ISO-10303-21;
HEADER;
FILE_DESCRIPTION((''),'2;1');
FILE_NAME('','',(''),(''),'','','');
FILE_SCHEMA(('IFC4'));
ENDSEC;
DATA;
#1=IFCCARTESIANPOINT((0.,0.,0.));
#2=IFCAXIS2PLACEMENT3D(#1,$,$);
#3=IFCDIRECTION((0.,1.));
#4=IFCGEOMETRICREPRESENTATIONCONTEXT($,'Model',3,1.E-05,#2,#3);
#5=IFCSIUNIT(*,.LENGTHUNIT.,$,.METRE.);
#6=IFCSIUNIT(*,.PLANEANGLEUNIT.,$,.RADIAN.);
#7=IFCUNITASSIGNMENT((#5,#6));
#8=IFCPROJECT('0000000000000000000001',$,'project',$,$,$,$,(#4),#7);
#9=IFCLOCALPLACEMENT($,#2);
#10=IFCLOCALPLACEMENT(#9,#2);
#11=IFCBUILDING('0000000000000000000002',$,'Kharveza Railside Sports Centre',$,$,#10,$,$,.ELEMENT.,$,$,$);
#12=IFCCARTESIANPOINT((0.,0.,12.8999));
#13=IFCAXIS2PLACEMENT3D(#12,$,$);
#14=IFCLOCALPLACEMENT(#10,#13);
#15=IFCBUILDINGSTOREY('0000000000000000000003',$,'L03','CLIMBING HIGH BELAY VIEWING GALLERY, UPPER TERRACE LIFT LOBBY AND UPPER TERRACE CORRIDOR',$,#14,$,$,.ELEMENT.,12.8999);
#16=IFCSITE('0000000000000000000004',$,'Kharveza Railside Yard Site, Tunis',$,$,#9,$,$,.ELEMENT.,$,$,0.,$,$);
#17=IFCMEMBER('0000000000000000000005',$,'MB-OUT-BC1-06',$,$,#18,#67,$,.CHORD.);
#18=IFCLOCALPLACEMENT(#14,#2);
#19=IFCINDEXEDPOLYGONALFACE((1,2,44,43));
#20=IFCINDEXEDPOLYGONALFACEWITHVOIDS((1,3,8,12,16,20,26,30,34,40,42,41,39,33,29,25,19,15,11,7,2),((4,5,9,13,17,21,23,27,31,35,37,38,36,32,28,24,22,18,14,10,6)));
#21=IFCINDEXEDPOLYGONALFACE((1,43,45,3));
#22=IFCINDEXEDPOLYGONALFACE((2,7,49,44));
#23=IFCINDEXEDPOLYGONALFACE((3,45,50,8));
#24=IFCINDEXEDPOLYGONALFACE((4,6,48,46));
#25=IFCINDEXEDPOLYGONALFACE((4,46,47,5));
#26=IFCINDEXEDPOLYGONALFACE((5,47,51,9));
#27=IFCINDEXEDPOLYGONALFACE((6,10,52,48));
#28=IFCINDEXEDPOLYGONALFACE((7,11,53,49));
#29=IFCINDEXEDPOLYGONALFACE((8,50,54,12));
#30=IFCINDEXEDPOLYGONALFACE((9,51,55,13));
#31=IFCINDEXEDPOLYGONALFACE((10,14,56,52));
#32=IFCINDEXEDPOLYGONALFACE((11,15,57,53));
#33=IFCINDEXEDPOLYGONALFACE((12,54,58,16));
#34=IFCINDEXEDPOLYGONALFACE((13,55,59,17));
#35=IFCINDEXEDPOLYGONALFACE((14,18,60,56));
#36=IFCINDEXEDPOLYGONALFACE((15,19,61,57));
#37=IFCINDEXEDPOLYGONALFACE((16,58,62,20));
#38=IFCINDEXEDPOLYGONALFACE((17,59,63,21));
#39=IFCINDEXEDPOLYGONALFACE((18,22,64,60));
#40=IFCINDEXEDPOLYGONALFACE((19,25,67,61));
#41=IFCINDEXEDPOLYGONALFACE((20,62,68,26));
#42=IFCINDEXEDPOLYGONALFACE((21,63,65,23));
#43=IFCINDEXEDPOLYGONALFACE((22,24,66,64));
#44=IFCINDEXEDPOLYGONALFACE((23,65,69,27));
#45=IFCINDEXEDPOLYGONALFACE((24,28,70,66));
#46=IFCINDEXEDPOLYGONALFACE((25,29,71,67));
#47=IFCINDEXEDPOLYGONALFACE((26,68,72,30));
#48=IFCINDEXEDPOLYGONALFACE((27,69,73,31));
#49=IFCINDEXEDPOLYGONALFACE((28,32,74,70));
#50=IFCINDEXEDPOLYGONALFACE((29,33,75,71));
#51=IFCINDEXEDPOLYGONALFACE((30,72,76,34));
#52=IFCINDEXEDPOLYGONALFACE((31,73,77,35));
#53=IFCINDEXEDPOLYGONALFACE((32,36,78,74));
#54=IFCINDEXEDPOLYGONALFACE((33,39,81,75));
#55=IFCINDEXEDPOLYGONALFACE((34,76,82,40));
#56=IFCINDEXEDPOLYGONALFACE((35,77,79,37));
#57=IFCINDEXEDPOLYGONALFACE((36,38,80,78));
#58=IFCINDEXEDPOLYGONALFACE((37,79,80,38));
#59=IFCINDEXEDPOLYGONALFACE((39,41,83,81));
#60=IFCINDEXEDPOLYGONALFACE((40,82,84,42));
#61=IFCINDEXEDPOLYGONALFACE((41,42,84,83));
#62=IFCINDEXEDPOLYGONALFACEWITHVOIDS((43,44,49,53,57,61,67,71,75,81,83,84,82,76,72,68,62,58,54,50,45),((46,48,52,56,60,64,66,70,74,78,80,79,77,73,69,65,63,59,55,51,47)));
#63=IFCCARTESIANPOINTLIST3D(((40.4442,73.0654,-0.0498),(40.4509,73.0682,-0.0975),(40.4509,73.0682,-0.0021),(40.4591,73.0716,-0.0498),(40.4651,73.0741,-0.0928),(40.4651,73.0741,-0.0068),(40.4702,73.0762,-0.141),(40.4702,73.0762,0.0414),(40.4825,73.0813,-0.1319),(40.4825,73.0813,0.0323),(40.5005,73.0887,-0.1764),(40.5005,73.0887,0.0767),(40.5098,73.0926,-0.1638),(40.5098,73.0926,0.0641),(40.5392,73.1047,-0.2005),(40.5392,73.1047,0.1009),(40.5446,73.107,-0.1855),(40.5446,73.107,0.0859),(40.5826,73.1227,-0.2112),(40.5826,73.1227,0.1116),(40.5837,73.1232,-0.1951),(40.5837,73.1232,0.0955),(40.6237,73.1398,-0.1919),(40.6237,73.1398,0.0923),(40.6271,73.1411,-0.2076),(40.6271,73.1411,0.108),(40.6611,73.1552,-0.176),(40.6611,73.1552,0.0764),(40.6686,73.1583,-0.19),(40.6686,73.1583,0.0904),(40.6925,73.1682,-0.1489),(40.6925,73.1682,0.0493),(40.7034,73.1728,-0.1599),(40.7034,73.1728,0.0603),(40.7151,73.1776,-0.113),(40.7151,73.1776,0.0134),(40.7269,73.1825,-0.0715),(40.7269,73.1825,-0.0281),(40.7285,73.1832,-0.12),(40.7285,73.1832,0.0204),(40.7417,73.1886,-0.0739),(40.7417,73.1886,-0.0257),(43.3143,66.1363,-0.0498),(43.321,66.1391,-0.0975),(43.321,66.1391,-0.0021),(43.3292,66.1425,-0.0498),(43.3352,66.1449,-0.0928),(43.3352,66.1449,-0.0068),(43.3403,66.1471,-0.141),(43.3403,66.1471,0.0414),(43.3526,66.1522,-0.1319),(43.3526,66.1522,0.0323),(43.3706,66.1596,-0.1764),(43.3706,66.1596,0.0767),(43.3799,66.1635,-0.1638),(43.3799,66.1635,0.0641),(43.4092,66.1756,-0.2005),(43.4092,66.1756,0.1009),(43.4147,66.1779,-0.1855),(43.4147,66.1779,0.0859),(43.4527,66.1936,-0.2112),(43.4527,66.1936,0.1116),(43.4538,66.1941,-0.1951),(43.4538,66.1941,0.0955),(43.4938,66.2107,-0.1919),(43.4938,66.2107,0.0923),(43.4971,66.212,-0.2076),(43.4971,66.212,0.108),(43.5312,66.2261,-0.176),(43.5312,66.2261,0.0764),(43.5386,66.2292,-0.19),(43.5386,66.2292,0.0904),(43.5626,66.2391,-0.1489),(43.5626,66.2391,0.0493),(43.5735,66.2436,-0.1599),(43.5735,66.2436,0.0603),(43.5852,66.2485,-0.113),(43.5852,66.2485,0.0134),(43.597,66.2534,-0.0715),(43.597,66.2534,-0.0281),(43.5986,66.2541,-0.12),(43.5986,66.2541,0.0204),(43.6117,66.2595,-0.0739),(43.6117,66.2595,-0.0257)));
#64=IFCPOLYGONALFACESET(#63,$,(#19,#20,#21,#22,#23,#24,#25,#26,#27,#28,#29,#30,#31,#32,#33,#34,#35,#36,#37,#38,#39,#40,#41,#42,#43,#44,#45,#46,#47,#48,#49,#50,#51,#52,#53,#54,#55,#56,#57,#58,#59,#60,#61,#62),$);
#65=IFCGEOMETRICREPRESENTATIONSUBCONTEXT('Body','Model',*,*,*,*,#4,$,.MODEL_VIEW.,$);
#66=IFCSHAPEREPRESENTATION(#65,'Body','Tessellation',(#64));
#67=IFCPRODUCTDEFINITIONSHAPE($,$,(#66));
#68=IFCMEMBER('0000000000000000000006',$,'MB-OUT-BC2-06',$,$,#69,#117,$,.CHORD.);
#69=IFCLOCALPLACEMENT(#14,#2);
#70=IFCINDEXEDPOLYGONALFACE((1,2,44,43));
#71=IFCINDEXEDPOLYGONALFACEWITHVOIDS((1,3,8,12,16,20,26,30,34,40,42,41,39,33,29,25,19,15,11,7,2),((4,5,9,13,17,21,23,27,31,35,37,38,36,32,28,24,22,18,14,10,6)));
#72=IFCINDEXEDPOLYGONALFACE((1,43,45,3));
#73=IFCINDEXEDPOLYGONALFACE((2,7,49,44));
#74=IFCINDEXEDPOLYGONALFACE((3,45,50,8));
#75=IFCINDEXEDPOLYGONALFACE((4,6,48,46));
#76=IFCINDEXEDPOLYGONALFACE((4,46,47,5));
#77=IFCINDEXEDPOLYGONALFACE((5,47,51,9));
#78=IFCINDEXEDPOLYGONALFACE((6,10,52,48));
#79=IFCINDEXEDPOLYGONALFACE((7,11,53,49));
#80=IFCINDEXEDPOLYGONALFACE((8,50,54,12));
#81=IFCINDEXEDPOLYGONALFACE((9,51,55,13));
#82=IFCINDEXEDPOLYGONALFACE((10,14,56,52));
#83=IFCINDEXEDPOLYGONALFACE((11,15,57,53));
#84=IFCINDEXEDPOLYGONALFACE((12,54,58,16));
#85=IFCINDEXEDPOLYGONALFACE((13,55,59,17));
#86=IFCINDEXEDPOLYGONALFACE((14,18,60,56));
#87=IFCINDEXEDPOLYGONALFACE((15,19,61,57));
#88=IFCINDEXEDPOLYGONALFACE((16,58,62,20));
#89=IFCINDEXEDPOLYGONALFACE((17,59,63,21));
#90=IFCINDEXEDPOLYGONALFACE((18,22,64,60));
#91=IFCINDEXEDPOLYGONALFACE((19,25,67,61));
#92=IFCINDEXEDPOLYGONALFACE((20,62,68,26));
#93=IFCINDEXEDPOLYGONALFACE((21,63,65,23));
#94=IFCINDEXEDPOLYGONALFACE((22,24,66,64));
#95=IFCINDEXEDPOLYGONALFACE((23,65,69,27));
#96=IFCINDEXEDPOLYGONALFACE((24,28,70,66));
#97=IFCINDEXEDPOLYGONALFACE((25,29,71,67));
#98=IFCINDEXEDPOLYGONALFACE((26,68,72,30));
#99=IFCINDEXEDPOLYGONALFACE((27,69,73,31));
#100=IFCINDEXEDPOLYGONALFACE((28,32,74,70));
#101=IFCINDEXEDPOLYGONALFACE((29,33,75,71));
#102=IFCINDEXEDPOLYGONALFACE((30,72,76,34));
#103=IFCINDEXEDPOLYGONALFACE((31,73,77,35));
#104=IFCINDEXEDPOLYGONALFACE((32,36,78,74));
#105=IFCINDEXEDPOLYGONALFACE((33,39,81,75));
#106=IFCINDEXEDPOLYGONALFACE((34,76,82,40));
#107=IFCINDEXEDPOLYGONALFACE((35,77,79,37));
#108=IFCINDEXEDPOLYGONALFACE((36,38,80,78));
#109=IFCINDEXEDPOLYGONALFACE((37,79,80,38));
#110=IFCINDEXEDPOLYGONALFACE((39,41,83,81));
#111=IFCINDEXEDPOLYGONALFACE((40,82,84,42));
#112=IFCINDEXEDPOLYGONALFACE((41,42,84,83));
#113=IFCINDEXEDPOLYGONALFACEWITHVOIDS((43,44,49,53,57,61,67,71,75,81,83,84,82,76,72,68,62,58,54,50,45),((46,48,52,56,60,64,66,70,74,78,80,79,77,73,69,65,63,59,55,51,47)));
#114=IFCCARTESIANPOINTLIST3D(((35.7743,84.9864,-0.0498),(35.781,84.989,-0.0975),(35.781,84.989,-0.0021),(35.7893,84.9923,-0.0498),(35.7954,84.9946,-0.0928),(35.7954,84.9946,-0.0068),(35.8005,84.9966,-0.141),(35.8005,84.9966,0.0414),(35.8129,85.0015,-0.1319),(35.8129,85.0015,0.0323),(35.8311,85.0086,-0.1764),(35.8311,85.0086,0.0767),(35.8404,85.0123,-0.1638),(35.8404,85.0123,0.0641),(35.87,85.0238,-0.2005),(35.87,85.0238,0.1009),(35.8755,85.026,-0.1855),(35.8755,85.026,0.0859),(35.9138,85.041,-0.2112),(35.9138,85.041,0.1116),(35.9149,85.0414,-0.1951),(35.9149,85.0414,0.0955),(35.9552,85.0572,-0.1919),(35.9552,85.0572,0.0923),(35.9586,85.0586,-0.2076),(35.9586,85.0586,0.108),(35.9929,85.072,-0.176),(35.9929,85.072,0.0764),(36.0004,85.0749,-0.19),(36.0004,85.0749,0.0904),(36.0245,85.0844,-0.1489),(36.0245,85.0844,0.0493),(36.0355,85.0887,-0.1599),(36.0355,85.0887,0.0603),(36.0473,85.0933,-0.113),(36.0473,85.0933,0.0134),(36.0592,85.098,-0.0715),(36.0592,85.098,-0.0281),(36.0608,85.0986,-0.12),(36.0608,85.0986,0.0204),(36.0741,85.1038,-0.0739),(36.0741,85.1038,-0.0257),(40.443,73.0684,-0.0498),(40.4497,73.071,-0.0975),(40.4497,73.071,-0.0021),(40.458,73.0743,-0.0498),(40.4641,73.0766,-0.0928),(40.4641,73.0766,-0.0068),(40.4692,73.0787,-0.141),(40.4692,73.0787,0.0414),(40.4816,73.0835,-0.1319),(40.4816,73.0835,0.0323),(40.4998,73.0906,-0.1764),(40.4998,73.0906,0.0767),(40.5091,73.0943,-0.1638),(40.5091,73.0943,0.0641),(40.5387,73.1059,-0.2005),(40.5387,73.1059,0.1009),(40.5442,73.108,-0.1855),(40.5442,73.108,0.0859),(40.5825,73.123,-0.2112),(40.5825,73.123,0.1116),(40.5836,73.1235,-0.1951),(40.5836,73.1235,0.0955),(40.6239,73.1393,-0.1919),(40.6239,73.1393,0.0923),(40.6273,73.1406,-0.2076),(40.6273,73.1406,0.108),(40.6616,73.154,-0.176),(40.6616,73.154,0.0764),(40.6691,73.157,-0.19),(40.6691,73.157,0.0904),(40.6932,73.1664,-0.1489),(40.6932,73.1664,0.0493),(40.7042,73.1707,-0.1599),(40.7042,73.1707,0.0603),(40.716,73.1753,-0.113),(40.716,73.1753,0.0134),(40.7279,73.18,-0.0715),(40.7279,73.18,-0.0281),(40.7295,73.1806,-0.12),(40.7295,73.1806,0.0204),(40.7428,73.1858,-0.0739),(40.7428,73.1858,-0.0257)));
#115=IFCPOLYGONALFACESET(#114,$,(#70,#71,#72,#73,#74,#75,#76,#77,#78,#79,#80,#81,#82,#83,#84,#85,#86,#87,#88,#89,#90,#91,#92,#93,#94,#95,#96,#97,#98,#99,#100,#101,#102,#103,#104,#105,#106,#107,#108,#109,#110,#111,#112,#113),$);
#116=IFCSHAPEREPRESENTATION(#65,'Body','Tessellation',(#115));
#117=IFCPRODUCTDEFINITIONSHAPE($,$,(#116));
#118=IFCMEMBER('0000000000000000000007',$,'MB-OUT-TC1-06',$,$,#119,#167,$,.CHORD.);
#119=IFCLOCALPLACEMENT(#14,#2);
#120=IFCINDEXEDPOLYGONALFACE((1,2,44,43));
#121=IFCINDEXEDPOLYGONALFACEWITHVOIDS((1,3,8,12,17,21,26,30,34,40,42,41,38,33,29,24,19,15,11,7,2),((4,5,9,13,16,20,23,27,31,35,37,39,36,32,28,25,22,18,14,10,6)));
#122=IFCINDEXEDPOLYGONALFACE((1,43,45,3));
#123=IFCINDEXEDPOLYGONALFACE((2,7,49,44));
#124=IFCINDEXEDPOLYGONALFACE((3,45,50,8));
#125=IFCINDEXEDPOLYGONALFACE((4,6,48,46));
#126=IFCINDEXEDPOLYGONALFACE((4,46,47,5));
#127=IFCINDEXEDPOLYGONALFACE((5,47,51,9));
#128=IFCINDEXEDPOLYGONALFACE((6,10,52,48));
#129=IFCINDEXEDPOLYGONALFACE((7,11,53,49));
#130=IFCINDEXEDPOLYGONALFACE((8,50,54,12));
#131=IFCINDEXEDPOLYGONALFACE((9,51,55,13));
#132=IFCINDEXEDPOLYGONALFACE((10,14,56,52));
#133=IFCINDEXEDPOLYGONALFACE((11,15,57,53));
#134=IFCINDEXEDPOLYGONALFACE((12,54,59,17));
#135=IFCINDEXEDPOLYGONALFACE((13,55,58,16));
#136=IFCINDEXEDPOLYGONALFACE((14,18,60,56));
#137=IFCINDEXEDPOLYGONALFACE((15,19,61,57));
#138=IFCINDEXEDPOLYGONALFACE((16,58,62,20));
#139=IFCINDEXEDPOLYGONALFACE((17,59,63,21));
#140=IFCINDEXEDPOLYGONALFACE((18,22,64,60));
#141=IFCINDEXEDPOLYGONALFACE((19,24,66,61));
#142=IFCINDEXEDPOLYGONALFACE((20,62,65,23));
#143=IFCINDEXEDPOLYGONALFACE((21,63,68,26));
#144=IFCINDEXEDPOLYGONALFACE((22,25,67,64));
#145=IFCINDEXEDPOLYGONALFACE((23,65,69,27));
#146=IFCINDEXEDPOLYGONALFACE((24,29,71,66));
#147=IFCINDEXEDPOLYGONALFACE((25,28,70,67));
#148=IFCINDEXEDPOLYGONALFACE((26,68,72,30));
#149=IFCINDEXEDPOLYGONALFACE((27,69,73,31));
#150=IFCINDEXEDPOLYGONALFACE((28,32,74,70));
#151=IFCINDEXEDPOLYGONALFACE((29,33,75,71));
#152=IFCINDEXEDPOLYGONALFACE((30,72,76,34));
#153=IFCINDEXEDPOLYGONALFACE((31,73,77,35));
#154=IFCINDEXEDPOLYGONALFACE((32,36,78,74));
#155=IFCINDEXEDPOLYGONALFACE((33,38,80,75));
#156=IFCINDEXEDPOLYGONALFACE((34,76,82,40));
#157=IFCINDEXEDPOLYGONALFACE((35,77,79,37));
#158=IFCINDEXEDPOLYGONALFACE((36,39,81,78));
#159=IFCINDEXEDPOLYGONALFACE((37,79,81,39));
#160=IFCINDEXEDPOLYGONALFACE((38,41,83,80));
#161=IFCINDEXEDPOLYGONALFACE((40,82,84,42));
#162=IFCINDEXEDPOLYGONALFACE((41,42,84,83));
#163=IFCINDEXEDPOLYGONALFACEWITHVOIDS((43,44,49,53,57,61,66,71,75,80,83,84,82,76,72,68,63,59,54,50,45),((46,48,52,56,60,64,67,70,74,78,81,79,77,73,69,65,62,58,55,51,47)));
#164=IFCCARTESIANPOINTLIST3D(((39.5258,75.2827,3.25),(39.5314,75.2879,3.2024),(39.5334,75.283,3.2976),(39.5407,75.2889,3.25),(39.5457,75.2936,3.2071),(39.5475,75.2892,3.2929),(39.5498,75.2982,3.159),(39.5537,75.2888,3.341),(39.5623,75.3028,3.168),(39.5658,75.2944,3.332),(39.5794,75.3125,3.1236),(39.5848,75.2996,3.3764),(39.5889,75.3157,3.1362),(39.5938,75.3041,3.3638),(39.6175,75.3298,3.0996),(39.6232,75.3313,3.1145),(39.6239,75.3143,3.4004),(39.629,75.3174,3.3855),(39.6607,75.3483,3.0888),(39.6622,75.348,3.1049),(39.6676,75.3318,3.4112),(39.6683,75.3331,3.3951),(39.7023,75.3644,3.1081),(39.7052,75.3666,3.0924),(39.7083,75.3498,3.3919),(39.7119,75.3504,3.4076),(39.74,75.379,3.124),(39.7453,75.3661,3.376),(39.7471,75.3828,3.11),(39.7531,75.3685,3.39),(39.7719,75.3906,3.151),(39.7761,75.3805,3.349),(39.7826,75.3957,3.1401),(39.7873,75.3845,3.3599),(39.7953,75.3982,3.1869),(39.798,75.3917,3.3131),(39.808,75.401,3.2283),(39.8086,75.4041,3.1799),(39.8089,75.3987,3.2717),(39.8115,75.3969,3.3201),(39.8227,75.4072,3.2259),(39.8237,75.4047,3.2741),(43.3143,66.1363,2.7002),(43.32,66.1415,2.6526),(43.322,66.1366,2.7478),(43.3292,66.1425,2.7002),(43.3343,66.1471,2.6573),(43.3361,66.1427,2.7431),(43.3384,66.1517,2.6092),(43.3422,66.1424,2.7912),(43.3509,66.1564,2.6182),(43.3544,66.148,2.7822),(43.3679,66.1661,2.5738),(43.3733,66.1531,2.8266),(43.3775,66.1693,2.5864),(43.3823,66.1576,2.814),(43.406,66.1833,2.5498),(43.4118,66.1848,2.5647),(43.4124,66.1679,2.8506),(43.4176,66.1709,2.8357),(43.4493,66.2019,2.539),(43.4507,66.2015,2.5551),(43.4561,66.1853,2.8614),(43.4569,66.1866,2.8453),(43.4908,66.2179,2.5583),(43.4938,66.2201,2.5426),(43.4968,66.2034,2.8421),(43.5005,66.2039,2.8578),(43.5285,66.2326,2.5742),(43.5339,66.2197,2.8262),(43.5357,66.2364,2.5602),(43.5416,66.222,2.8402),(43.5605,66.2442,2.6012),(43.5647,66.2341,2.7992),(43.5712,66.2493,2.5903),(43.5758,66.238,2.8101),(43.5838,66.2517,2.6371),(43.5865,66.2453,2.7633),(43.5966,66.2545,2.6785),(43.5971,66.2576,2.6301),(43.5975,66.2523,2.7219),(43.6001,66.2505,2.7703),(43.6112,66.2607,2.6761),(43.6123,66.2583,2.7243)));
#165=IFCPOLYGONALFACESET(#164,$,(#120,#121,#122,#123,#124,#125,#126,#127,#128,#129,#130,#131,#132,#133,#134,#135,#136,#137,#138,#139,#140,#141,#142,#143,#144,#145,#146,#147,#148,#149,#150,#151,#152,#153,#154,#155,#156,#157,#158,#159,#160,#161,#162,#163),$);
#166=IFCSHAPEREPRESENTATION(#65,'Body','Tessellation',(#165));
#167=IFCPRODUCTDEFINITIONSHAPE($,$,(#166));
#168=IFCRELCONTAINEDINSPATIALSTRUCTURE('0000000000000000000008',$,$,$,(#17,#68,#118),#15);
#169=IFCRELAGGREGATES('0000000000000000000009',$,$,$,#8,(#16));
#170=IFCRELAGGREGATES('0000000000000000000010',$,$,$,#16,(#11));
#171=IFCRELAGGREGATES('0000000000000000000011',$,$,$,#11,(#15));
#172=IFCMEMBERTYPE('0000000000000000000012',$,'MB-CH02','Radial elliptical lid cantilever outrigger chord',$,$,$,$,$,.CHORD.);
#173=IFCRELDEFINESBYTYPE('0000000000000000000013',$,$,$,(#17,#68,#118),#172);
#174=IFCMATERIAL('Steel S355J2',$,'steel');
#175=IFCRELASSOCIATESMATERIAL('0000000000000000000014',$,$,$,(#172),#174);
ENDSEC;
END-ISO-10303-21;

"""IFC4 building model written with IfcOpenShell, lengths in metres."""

from ifc_helpers import new_model, si_unit, direction, frame, origin, origin_2d, place, context, subcontext, project, spatial, hollow_circle, extrude, material, material_profile, profile_set, type_object, element, save


model = new_model("IFC4")

# Units and contexts
model_context = context("Model", 3, precision=1e-05, world=origin(), true_north=direction((0.0, 1.0)))
body_context = subcontext(model_context, "Body", "Model", "MODEL_VIEW")
ifc_project = project(units=[si_unit("LENGTHUNIT", "METRE"), si_unit("PLANEANGLEUNIT", "RADIAN")], contexts=[model_context])

# Site, building, storey
site_placement = place(None, origin())
site = spatial("IfcSite", under=ifc_project, at=site_placement, Name="Kharveza Railside Yard Site, Tunis", CompositionType="ELEMENT", RefElevation=0.0)
building_placement = place(site_placement, origin())
building = spatial("IfcBuilding", under=site, at=building_placement, Name="Kharveza Railside Sports Centre", CompositionType="ELEMENT")
storey_placement = place(building_placement, frame((0.0, 0.0, 12.8999)))
storey = spatial("IfcBuildingStorey", under=building, at=storey_placement, Name="L03", Description="CLIMBING HIGH BELAY VIEWING GALLERY, UPPER TERRACE LIFT LOBBY AND UPPER TERRACE CORRIDOR", CompositionType="ELEMENT", Elevation=12.8999)

# Members
ifc_material_1 = material(Name="Steel S355J2", Category="steel")
ifc_material_profile_1 = material_profile(ifc_material_1, hollow_circle(Radius=0.1619, WallThickness=0.0161, at=origin_2d()), Name="CHS 323.9x16.0")
ifc_profile_set_1 = profile_set([ifc_material_profile_1], Name="Steel S355J2")
member_type_1 = type_object("IfcMemberType", Name="MB-CH02", Description="Radial elliptical lid cantilever outrigger chord", PredefinedType="CHORD", material=ifc_profile_set_1)
member_1_placement = place(storey_placement, frame((43.4639, 66.1982, -0.0498), z_axis=(-0.382678, 0.923882, 0.0), x_axis=(-0.923882, -0.382678, 0.0)))
element("IfcMember", 1, at=member_1_placement, inside=storey, type_object=member_type_1, Name="MB-OUT-BC1-06", PredefinedType="CHORD", context=body_context, shape_type="SweptSolid", body=[
    extrude(hollow_circle(Radius=0.1619, WallThickness=0.0161, at=origin_2d()), origin(), (0.0, 0.0, 1.0), 7.5),
])
member_2_placement = place(storey_placement, frame((40.5938, 73.1274, -0.0498), z_axis=(-0.364748, 0.931106, 0.0), x_axis=(-0.931106, -0.364748, 0.0)))
element("IfcMember", 2, at=member_2_placement, inside=storey, type_object=member_type_1, Name="MB-OUT-BC2-06", PredefinedType="CHORD", context=body_context, shape_type="SweptSolid", body=[
    extrude(hollow_circle(Radius=0.1619, WallThickness=0.0161, at=origin_2d()), origin(), (0.0, 0.0, 1.0), 12.7998),
])
member_3_placement = place(storey_placement, frame((43.4639, 66.1982, 2.7002), z_axis=(-0.382093, 0.922459, 0.05545), x_axis=(-0.92388, -0.382681, 0.0)))
element("IfcMember", 3, at=member_3_placement, inside=storey, type_object=member_type_1, Name="MB-OUT-TC1-06", PredefinedType="CHORD", context=body_context, shape_type="SweptSolid", body=[
    extrude(hollow_circle(Radius=0.1619, WallThickness=0.0161, at=origin_2d()), origin(), (0.0, 0.0, 1.0), 9.9153),
])

save(model, "model.ifc")
